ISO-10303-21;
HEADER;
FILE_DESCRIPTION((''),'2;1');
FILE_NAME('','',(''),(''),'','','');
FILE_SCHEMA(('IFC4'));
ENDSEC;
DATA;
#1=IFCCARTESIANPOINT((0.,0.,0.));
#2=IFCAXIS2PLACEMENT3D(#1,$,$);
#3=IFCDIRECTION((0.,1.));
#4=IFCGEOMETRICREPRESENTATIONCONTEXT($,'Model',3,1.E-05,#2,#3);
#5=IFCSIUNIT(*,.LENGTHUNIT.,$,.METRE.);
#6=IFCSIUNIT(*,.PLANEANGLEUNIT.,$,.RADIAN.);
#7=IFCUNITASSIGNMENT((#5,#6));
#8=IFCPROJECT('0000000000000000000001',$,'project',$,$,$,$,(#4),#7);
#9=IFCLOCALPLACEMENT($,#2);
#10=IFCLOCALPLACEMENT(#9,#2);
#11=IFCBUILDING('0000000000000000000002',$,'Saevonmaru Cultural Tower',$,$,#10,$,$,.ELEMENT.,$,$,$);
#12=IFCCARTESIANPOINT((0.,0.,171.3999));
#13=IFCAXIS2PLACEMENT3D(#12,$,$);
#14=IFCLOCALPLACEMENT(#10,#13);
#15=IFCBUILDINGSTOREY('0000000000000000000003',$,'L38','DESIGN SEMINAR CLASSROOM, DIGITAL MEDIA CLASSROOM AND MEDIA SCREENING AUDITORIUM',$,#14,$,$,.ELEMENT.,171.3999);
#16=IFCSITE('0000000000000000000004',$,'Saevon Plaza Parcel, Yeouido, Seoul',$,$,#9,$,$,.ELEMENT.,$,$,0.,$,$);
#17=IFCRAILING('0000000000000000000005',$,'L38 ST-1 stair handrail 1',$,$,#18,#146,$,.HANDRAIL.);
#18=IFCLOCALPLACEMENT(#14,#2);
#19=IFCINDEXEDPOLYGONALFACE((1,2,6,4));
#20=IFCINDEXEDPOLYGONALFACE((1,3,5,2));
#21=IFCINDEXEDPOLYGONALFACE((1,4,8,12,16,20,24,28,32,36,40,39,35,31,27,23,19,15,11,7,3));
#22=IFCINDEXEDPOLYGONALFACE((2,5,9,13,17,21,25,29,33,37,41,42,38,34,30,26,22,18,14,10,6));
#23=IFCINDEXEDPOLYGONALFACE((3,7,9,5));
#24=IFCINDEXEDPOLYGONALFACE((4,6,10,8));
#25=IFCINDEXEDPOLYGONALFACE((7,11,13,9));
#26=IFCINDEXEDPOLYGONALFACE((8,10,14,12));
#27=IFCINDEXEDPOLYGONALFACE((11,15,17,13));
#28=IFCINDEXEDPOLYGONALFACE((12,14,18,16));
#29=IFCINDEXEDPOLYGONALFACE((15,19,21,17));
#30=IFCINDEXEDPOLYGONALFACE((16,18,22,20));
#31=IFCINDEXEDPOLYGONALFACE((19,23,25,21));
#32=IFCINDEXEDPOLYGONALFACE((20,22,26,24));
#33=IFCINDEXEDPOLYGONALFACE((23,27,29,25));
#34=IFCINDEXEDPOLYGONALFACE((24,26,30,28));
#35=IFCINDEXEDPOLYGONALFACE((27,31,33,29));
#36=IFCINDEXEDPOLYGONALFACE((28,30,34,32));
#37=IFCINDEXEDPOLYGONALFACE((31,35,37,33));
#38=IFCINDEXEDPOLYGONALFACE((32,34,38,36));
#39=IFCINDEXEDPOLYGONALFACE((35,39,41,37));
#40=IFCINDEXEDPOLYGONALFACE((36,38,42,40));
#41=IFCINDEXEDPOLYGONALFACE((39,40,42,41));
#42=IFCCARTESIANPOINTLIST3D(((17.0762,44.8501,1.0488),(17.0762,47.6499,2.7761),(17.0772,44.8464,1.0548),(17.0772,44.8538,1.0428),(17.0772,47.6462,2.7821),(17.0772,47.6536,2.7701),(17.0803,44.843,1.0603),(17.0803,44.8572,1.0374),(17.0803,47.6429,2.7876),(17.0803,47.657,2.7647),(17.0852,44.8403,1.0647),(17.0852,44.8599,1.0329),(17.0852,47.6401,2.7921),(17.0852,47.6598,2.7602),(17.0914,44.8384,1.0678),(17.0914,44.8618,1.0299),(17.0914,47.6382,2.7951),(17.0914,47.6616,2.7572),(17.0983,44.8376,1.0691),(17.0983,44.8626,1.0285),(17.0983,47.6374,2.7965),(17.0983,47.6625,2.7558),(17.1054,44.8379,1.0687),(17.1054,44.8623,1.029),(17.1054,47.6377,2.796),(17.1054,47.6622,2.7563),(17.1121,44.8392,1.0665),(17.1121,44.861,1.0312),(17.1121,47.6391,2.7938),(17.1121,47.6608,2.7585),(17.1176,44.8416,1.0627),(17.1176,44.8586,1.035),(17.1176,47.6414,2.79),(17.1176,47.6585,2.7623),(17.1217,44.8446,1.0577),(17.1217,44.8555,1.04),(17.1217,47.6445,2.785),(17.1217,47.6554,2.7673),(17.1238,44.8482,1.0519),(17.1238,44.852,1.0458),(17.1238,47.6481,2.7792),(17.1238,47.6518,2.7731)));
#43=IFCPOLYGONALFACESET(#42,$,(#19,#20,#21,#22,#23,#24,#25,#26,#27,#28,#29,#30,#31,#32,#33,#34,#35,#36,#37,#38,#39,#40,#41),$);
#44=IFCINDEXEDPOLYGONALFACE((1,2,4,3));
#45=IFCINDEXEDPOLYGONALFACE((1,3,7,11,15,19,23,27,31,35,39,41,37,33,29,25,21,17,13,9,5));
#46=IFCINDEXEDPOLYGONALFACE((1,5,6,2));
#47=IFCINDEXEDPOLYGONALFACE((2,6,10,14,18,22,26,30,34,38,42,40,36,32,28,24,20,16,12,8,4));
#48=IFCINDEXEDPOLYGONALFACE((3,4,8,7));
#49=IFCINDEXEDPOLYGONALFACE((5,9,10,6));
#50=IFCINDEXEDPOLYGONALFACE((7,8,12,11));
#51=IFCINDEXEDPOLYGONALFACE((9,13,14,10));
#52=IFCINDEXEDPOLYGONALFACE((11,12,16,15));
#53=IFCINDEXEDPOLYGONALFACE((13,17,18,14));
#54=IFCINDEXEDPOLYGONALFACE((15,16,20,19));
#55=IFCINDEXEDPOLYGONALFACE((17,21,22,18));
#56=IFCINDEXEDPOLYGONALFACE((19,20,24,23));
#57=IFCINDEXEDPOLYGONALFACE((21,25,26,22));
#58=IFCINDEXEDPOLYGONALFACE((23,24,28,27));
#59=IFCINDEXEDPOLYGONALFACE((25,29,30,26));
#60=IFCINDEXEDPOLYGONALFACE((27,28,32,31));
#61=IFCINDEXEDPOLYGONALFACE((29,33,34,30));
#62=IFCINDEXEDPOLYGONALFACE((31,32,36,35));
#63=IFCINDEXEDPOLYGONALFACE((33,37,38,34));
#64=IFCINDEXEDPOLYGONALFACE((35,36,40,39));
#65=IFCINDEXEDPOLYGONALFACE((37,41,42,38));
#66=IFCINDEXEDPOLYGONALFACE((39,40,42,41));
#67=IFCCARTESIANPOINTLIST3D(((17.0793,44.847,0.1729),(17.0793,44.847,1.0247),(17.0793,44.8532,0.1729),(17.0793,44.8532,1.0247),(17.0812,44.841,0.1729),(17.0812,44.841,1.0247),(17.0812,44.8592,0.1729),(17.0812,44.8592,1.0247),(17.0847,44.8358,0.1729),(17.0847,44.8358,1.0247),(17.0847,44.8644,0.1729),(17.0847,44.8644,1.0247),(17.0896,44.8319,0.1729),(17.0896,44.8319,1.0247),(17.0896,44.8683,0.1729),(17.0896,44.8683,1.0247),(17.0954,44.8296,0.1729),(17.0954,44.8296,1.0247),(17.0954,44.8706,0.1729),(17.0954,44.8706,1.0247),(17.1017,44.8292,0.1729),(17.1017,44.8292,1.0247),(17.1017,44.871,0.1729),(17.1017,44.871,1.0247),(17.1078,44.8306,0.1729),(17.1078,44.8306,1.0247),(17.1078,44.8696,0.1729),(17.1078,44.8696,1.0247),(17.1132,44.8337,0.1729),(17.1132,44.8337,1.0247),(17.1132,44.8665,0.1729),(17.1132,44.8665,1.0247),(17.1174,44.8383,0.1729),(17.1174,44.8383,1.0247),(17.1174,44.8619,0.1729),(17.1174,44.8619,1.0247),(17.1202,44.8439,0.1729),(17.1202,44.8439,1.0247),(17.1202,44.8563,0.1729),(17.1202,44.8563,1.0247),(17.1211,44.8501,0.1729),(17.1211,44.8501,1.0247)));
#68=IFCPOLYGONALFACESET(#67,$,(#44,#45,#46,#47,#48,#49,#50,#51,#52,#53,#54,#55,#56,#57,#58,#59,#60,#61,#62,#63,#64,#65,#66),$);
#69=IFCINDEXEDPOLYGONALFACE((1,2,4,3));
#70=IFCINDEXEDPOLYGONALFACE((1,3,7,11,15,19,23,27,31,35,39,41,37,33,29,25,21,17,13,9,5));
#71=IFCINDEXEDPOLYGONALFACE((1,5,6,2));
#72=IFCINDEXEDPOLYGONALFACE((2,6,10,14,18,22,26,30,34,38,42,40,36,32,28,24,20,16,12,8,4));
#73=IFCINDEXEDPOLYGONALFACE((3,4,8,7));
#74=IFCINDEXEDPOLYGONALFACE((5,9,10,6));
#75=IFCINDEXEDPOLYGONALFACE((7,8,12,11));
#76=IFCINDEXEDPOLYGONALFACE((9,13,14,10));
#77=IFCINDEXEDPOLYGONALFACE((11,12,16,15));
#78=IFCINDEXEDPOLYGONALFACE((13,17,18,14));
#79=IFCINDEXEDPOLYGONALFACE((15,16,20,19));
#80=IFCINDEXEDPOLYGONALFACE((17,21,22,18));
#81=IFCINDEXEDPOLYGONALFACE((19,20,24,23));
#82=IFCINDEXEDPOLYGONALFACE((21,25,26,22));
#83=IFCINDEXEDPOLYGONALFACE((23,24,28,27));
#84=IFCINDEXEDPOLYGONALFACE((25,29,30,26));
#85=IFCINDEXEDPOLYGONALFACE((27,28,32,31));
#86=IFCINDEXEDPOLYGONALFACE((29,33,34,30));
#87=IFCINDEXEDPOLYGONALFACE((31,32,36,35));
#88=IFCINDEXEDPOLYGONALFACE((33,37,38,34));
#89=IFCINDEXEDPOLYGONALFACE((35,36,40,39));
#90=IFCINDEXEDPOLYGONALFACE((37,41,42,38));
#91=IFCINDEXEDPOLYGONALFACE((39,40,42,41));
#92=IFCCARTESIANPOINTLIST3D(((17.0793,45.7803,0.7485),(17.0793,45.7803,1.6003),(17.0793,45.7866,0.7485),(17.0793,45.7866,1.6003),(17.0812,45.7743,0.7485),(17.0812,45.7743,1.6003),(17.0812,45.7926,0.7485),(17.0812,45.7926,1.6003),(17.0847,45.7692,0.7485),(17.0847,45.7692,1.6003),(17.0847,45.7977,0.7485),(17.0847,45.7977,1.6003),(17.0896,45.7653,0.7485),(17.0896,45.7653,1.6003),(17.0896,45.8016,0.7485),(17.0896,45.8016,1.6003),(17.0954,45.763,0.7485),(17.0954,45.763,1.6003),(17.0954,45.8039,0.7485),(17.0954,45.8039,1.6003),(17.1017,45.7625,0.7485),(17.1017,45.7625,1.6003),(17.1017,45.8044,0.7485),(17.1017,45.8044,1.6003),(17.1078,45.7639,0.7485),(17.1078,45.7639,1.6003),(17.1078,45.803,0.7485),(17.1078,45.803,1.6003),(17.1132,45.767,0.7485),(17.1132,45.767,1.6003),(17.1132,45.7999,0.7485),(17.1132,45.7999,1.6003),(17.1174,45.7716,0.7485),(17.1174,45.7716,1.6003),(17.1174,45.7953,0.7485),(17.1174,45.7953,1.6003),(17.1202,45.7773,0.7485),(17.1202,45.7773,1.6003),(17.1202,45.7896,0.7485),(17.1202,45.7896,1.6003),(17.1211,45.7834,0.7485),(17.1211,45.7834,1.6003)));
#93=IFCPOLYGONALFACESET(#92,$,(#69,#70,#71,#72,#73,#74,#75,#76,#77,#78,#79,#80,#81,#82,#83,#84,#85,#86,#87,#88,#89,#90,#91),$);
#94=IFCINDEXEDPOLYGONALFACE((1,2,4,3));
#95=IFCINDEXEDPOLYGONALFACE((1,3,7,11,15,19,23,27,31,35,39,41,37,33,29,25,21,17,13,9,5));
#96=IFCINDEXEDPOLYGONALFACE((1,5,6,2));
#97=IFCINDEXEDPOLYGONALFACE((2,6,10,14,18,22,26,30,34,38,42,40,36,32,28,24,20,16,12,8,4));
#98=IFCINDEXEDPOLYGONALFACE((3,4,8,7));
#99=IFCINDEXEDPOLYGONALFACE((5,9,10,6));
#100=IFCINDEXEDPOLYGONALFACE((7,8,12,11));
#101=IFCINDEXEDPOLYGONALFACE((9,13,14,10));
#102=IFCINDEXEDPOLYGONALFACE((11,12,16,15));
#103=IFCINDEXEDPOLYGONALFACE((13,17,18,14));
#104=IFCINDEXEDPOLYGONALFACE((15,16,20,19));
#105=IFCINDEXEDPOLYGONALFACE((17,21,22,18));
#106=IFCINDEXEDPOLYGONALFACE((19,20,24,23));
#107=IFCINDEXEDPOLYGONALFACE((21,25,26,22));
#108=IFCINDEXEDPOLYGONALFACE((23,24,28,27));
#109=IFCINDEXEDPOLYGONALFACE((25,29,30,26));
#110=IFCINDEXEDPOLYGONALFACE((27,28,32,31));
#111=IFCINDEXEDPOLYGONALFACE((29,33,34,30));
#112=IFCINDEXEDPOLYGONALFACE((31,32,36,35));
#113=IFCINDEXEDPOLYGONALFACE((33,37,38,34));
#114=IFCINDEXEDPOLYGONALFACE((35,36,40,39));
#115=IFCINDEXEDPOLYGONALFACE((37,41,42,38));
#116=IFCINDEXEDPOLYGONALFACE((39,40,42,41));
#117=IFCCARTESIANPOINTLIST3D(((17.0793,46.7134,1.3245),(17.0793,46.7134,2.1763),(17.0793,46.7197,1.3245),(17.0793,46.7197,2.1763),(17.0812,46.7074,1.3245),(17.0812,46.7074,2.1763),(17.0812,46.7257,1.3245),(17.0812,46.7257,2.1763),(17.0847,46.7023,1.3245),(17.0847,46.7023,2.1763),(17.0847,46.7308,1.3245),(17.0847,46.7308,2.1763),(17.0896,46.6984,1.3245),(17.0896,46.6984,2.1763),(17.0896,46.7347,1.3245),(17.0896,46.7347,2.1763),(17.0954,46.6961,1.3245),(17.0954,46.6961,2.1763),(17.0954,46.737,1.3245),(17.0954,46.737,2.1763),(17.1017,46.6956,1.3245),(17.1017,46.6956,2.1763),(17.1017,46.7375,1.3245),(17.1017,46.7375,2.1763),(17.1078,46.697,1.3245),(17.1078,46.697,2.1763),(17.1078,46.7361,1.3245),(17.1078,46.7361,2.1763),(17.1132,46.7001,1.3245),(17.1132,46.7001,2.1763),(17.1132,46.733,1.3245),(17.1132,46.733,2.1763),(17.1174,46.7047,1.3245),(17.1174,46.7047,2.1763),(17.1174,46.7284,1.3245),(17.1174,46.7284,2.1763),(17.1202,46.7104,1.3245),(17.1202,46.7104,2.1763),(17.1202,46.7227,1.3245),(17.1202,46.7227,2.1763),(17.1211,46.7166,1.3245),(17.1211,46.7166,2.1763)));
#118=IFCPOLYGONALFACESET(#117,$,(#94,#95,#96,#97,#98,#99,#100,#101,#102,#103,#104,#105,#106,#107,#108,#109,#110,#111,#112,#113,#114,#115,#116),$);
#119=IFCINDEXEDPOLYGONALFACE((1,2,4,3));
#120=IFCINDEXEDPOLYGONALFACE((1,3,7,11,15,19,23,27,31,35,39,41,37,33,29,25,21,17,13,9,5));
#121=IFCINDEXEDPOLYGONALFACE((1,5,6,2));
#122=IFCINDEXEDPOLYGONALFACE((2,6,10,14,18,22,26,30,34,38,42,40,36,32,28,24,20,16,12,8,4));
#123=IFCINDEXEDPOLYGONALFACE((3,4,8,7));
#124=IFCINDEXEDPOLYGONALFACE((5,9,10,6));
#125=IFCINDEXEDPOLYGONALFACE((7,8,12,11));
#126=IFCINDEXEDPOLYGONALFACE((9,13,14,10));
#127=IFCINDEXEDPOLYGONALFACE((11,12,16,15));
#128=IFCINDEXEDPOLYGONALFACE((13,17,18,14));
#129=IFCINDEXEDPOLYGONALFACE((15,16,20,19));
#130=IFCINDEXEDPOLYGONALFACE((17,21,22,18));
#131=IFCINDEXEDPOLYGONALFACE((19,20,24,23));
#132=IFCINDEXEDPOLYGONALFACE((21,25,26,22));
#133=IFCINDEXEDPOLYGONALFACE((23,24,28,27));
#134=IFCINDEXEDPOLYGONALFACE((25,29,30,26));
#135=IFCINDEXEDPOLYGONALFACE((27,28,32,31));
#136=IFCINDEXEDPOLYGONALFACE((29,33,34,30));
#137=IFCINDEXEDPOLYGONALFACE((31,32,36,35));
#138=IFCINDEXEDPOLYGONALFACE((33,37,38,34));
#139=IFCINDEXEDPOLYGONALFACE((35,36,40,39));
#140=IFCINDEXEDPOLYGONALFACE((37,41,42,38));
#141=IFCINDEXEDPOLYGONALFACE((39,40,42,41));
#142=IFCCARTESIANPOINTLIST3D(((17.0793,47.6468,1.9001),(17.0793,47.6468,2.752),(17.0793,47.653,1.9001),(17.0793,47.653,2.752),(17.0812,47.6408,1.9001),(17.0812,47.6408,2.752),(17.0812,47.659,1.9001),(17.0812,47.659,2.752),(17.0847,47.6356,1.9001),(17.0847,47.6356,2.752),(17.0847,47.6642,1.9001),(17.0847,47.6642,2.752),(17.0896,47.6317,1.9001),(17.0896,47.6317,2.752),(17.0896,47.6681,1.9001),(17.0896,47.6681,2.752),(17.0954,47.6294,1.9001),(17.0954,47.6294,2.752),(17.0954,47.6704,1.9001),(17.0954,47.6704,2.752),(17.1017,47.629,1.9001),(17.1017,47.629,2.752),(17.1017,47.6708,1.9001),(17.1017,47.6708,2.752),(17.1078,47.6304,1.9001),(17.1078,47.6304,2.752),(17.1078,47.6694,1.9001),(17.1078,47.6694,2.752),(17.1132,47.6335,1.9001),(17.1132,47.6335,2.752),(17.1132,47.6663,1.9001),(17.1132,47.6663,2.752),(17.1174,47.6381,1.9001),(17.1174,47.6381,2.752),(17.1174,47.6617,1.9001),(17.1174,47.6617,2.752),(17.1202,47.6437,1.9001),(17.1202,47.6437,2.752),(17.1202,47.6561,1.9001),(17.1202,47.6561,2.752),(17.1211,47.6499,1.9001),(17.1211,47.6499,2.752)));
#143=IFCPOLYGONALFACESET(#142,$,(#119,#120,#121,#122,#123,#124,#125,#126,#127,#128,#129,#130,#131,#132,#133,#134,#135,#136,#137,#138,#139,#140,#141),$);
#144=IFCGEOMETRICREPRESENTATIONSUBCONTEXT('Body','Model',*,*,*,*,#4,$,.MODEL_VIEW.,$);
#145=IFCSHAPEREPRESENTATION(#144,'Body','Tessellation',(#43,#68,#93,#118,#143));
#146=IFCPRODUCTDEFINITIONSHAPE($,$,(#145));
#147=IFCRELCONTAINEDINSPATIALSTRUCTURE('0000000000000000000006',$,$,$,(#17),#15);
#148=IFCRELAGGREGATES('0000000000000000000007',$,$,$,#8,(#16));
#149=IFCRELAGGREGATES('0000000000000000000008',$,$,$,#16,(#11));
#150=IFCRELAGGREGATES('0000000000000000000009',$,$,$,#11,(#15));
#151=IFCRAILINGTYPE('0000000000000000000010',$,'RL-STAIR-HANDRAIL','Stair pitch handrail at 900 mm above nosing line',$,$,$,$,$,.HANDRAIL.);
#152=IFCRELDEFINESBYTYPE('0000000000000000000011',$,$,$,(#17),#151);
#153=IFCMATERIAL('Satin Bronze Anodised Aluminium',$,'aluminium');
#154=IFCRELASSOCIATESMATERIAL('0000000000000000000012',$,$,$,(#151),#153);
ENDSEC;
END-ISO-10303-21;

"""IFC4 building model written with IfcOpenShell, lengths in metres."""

from ifc_helpers import new_model, si_unit, direction, frame, origin, origin_2d, place, context, subcontext, project, spatial, circle, extrude, material, type_object, element, save


model = new_model("IFC4")

# Units and contexts
model_context = context("Model", 3, precision=1e-05, world=origin(), true_north=direction((0.0, 1.0)))
body_context = subcontext(model_context, "Body", "Model", "MODEL_VIEW")
ifc_project = project(units=[si_unit("LENGTHUNIT", "METRE"), si_unit("PLANEANGLEUNIT", "RADIAN")], contexts=[model_context])

# Site, building, storey
site_placement = place(None, origin())
site = spatial("IfcSite", under=ifc_project, at=site_placement, Name="Saevon Plaza Parcel, Yeouido, Seoul", CompositionType="ELEMENT", RefElevation=0.0)
building_placement = place(site_placement, origin())
building = spatial("IfcBuilding", under=site, at=building_placement, Name="Saevonmaru Cultural Tower", CompositionType="ELEMENT")
storey_placement = place(building_placement, frame((0.0, 0.0, 171.3999)))
storey = spatial("IfcBuildingStorey", under=building, at=storey_placement, Name="L38", Description="DESIGN SEMINAR CLASSROOM, DIGITAL MEDIA CLASSROOM AND MEDIA SCREENING AUDITORIUM", CompositionType="ELEMENT", Elevation=171.3999)

# Shared definitions
ifc_material_1 = material(Name="Satin Bronze Anodised Aluminium", Category="aluminium")

# Railing
railing_type_1 = type_object("IfcRailingType", Name="RL-STAIR-HANDRAIL", Description="Stair pitch handrail at 900 mm above nosing line", PredefinedType="HANDRAIL", material=ifc_material_1)
railing_1_placement = place(storey_placement, frame((17.1001, 44.8501, 0.1729)))
element("IfcRailing", 1, at=railing_1_placement, inside=storey, type_object=railing_type_1, Name="L38 ST-1 stair handrail 1", PredefinedType="HANDRAIL", context=body_context, shape_type="SweptSolid", body=[
    extrude(circle(Radius=0.0239, at=origin_2d()), frame((0.0, 0.0, 0.876), z_axis=(0.0, 0.851069, 0.525054), x_axis=(-1.0, 0.0, 0.0)), (0.0, 0.0, 1.0), 3.2898),
    extrude(circle(Radius=0.021, at=origin_2d()), origin(), (0.0, 0.0, 1.0), 0.8518),
    extrude(circle(Radius=0.021, at=origin_2d()), frame((0.0, 0.9333, 0.5757)), (0.0, 0.0, 1.0), 0.8518),
    extrude(circle(Radius=0.021, at=origin_2d()), frame((0.0, 1.8665, 1.1516)), (0.0, 0.0, 1.0), 0.8518),
    extrude(circle(Radius=0.021, at=origin_2d()), frame((0.0, 2.7998, 1.7273)), (0.0, 0.0, 1.0), 0.8518),
])

save(model, "model.ifc")
